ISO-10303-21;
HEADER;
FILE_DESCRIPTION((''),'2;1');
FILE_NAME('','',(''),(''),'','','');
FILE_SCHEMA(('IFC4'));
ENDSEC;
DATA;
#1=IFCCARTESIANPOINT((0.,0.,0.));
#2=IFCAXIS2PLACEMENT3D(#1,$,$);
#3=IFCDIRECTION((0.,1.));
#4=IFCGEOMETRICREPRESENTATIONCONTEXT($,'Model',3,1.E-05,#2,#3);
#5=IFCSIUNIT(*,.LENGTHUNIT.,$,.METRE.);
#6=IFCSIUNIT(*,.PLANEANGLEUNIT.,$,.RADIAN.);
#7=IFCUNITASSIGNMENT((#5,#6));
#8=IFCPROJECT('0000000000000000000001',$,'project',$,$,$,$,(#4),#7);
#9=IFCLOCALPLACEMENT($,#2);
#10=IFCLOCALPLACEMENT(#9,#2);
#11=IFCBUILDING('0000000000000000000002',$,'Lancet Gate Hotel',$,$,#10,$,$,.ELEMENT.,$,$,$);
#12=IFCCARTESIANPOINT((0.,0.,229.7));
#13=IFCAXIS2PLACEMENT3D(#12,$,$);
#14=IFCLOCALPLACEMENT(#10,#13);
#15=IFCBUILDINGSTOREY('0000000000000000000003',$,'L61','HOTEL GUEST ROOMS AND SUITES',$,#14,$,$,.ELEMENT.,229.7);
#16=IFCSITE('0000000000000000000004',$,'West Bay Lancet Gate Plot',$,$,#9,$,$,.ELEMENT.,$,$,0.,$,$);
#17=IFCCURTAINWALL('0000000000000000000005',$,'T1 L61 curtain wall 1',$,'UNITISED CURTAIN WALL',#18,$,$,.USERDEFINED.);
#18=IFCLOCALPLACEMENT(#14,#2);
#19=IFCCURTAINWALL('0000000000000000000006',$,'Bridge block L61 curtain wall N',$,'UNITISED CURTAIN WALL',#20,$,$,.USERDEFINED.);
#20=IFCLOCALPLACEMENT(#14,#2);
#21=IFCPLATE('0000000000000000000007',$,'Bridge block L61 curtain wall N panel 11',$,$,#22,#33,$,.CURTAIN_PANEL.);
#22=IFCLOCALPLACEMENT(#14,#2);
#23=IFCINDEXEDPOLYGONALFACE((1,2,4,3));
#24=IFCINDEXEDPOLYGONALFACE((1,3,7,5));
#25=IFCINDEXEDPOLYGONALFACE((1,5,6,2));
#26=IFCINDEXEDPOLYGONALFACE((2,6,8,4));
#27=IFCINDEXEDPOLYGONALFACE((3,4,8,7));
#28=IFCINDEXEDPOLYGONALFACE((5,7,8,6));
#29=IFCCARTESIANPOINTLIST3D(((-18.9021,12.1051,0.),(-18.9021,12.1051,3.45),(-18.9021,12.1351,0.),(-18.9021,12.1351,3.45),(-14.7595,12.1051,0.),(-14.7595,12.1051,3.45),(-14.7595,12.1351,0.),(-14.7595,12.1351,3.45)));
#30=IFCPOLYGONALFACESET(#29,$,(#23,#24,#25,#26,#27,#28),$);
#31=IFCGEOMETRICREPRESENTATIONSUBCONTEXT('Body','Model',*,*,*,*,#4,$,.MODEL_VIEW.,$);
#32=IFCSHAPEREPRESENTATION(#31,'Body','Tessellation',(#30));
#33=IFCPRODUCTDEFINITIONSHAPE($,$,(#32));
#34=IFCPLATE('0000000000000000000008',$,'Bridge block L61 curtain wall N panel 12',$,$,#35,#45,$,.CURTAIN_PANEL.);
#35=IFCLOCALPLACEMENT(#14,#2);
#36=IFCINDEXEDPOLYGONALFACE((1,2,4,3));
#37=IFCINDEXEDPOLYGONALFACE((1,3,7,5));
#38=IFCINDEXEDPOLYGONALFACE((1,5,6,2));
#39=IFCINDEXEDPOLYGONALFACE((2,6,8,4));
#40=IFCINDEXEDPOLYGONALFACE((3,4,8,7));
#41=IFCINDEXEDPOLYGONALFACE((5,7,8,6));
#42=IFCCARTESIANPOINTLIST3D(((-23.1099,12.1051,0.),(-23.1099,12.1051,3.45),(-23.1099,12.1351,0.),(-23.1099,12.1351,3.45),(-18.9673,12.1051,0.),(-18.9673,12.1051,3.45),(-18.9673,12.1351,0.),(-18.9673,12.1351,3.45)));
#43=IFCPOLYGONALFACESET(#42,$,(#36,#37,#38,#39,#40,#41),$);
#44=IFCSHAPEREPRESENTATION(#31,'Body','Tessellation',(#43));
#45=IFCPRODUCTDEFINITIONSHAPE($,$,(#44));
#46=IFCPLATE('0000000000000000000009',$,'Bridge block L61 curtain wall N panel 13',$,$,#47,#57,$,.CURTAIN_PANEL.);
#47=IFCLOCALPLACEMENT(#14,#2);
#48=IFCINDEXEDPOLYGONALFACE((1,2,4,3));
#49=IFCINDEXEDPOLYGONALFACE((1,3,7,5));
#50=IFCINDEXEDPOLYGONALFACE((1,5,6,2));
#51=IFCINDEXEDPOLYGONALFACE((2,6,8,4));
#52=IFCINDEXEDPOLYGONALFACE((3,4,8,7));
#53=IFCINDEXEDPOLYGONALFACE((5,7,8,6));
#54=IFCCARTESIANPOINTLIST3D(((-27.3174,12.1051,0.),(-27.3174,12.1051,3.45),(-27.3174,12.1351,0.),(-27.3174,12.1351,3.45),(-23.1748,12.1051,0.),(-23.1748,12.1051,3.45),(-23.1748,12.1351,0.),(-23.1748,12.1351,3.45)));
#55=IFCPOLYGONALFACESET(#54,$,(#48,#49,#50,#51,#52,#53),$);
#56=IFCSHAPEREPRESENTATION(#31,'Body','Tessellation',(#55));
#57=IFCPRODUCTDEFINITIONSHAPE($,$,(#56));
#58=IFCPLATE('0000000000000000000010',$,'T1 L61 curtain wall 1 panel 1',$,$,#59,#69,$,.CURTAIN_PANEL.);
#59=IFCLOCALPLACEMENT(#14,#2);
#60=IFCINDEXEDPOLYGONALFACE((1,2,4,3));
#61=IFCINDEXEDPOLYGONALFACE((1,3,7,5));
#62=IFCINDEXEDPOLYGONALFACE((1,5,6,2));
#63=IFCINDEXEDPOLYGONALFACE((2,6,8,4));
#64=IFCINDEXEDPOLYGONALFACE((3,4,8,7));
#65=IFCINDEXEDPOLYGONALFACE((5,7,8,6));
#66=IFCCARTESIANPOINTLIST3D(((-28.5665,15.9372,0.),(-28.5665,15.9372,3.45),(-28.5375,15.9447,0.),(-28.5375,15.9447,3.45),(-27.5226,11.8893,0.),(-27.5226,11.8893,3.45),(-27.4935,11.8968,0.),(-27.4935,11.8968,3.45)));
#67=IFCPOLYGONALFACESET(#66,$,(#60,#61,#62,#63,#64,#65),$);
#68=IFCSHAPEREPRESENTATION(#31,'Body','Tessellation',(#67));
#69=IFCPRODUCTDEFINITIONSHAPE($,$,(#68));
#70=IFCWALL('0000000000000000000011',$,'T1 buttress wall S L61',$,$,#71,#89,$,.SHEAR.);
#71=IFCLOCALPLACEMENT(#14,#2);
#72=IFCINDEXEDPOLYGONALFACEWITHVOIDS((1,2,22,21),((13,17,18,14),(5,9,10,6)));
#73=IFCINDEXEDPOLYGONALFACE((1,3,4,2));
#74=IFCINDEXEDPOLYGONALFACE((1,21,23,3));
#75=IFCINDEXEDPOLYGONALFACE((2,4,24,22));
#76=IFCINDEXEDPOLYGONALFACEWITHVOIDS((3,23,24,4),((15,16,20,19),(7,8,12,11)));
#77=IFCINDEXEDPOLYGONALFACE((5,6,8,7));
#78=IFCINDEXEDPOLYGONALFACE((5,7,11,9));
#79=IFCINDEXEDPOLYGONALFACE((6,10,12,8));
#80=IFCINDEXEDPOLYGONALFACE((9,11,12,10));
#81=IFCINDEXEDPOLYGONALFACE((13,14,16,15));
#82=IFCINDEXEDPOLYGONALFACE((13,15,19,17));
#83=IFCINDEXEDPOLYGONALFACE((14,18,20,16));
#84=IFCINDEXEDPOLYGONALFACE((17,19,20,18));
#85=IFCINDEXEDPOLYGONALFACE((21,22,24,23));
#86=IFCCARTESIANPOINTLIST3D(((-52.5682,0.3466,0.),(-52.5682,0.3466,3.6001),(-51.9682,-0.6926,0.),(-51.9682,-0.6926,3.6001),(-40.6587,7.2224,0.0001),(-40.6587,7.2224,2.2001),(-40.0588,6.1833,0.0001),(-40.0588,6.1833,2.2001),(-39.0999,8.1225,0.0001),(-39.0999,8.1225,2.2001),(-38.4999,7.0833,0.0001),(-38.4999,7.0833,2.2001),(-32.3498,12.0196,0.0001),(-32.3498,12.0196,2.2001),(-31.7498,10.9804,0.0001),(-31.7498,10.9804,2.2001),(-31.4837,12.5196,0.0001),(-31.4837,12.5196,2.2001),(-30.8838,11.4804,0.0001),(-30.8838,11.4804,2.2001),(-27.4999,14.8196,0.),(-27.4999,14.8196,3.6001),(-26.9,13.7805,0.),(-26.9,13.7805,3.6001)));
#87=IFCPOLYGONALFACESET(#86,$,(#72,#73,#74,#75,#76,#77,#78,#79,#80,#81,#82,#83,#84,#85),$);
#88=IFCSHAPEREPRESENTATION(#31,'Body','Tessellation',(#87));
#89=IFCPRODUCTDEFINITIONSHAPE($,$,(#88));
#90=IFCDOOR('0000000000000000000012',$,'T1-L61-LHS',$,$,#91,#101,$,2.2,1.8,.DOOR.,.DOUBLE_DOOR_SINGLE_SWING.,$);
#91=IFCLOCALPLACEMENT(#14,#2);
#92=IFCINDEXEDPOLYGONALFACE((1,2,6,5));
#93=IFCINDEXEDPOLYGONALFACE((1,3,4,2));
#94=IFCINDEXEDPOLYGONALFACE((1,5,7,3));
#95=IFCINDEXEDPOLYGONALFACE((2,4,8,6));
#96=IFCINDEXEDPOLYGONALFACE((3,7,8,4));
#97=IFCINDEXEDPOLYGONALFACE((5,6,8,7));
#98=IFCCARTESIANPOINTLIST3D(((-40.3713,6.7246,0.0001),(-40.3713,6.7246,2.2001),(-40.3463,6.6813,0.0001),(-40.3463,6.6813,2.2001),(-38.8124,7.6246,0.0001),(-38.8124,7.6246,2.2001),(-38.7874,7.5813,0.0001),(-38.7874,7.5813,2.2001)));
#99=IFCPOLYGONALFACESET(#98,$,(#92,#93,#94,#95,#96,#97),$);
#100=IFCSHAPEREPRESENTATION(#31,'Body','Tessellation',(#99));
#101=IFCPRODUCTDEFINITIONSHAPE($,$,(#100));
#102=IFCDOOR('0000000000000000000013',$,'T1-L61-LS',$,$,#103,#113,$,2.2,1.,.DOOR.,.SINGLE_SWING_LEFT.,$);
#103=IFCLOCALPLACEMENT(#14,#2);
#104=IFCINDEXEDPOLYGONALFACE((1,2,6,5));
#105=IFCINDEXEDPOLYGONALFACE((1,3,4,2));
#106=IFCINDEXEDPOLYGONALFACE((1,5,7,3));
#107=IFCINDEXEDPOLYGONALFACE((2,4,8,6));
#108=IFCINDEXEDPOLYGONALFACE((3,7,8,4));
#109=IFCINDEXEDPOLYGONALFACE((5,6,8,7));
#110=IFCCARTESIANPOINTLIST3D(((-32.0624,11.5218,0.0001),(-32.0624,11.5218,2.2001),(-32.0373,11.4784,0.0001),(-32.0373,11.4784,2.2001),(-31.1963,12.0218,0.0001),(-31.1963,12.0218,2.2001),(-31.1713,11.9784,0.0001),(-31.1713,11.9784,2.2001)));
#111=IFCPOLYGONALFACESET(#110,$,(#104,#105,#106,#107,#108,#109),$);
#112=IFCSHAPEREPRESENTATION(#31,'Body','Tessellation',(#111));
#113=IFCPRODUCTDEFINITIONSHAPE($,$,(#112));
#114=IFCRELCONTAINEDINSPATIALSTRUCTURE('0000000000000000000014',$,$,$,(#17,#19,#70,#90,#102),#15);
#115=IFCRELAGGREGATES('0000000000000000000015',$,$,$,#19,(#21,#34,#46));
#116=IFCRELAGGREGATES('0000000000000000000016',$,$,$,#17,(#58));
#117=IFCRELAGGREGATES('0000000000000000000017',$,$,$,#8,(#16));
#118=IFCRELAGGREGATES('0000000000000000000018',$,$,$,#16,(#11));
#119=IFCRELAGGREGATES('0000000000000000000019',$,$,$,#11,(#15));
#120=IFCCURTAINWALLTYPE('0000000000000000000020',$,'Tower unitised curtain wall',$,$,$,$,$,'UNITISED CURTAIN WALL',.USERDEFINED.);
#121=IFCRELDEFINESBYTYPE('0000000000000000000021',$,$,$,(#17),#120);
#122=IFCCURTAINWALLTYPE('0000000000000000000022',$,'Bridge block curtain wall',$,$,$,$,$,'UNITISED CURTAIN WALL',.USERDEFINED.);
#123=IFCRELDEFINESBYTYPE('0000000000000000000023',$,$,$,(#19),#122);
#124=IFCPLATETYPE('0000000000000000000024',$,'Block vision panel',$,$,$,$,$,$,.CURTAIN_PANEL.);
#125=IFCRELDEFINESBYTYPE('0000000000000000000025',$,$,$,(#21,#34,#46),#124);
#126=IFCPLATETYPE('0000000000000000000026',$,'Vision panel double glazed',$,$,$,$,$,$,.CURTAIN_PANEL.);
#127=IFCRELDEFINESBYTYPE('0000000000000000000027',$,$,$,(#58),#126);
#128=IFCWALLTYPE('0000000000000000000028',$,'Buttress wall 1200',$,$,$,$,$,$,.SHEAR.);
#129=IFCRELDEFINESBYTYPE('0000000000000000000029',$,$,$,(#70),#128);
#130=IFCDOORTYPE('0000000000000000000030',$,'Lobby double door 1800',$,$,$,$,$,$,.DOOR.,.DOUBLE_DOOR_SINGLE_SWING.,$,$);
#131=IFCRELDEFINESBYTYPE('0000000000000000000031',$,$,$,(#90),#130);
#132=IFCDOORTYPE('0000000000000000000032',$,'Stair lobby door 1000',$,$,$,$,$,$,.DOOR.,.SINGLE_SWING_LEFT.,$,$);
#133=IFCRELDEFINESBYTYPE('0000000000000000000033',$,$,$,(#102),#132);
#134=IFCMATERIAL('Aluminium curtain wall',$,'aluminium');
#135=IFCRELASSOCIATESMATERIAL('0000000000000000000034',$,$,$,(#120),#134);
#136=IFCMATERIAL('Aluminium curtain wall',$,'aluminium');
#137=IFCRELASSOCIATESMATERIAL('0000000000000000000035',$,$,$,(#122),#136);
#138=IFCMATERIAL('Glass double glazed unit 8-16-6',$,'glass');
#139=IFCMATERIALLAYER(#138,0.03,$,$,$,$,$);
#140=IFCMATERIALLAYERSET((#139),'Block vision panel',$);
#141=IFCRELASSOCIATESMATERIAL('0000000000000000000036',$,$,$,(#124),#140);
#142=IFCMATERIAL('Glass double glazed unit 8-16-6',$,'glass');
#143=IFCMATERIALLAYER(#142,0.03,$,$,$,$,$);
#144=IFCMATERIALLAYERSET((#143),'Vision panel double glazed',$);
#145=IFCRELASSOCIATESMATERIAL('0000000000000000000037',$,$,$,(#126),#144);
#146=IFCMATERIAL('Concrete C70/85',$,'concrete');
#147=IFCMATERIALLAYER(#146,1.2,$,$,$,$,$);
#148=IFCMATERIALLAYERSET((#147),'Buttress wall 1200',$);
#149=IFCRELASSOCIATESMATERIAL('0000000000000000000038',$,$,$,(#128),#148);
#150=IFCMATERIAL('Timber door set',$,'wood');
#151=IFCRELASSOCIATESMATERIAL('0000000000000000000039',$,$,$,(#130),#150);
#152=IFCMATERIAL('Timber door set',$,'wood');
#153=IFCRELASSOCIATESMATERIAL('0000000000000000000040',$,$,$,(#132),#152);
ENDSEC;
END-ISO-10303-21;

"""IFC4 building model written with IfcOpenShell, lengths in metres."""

from ifc_helpers import new_model, si_unit, direction, frame, frame_2d, origin, origin_2d, place, context, subcontext, project, spatial, rectangle, extrude, material, layer, layer_set, type_object, element, fill, aggregate, save


model = new_model("IFC4")

# Units and contexts
model_context = context("Model", 3, precision=1e-05, world=origin(), true_north=direction((0.0, 1.0)))
body_context = subcontext(model_context, "Body", "Model", "MODEL_VIEW")
ifc_project = project(units=[si_unit("LENGTHUNIT", "METRE"), si_unit("PLANEANGLEUNIT", "RADIAN")], contexts=[model_context])

# Site, building, storey
site_placement = place(None, origin())
site = spatial("IfcSite", under=ifc_project, at=site_placement, Name="West Bay Lancet Gate Plot", CompositionType="ELEMENT", RefElevation=0.0)
building_placement = place(site_placement, origin())
building = spatial("IfcBuilding", under=site, at=building_placement, Name="Lancet Gate Hotel", CompositionType="ELEMENT")
storey_placement = place(building_placement, frame((0.0, 0.0, 229.7)))
storey = spatial("IfcBuildingStorey", under=building, at=storey_placement, Name="L61", Description="HOTEL GUEST ROOMS AND SUITES", CompositionType="ELEMENT", Elevation=229.7)

# Curtain walls
ifc_material_1 = material(Name="Aluminium curtain wall", Category="aluminium")
curtain_wall_type_1 = type_object("IfcCurtainWallType", Name="Tower unitised curtain wall", ElementType="UNITISED CURTAIN WALL", PredefinedType="USERDEFINED", material=ifc_material_1)
curtain_wall_1_placement = place(storey_placement, origin())
curtain_wall_1 = element("IfcCurtainWall", 1, at=curtain_wall_1_placement, inside=storey, type_object=curtain_wall_type_1, Name="T1 L61 curtain wall 1", ObjectType="UNITISED CURTAIN WALL", PredefinedType="USERDEFINED")
ifc_material_2 = material(Name="Aluminium curtain wall", Category="aluminium")
curtain_wall_type_2 = type_object("IfcCurtainWallType", Name="Bridge block curtain wall", ElementType="UNITISED CURTAIN WALL", PredefinedType="USERDEFINED", material=ifc_material_2)
curtain_wall_2_placement = place(storey_placement, origin())
curtain_wall_2 = element("IfcCurtainWall", 2, at=curtain_wall_2_placement, inside=storey, type_object=curtain_wall_type_2, Name="Bridge block L61 curtain wall N", ObjectType="UNITISED CURTAIN WALL", PredefinedType="USERDEFINED")

# Plates
ifc_material_3 = material(Name="Glass double glazed unit 8-16-6", Category="glass")
ifc_layer_1 = layer(ifc_material_3, 0.03)
ifc_layer_set_1 = layer_set([ifc_layer_1], Name="Block vision panel")
plate_type_1 = type_object("IfcPlateType", Name="Block vision panel", PredefinedType="CURTAIN_PANEL", material=ifc_layer_set_1)
plate_1_placement = place(storey_placement, frame((-16.8308, 12.1201, 0.0), z_axis=(0.0, 0.0, 1.0), x_axis=(-1.0, 0.0, 0.0)))
plate_1 = element("IfcPlate", 3, at=plate_1_placement, type_object=plate_type_1, Name="Bridge block L61 curtain wall N panel 11", PredefinedType="CURTAIN_PANEL", context=body_context, shape_type="SweptSolid", body=[
    extrude(rectangle(XDim=4.1426, YDim=0.03, at=origin_2d()), origin(), (0.0, 0.0, 1.0), 3.45),
])
plate_2_placement = place(storey_placement, frame((-21.0386, 12.1201, 0.0), z_axis=(0.0, 0.0, 1.0), x_axis=(-1.0, 0.0, 0.0)))
plate_2 = element("IfcPlate", 4, at=plate_2_placement, type_object=plate_type_1, Name="Bridge block L61 curtain wall N panel 12", PredefinedType="CURTAIN_PANEL", context=body_context, shape_type="SweptSolid", body=[
    extrude(rectangle(XDim=4.1426, YDim=0.03, at=origin_2d()), origin(), (0.0, 0.0, 1.0), 3.45),
])
plate_3_placement = place(storey_placement, frame((-25.2461, 12.1201, 0.0), z_axis=(0.0, 0.0, 1.0), x_axis=(-1.0, 0.0, 0.0)))
plate_3 = element("IfcPlate", 5, at=plate_3_placement, type_object=plate_type_1, Name="Bridge block L61 curtain wall N panel 13", PredefinedType="CURTAIN_PANEL", context=body_context, shape_type="SweptSolid", body=[
    extrude(rectangle(XDim=4.1426, YDim=0.03, at=origin_2d()), origin(), (0.0, 0.0, 1.0), 3.45),
])
aggregate(curtain_wall_2, [plate_1, plate_2, plate_3])
ifc_material_4 = material(Name="Glass double glazed unit 8-16-6", Category="glass")
ifc_layer_2 = layer(ifc_material_4, 0.03)
ifc_layer_set_2 = layer_set([ifc_layer_2], Name="Vision panel double glazed")
plate_type_2 = type_object("IfcPlateType", Name="Vision panel double glazed", PredefinedType="CURTAIN_PANEL", material=ifc_layer_set_2)
plate_4_placement = place(storey_placement, frame((-28.03, 13.917, 0.0), z_axis=(0.0, 0.0, 1.0), x_axis=(-0.249726, 0.968317, 0.0)))
plate_4 = element("IfcPlate", 6, at=plate_4_placement, type_object=plate_type_2, Name="T1 L61 curtain wall 1 panel 1", PredefinedType="CURTAIN_PANEL", context=body_context, shape_type="SweptSolid", body=[
    extrude(rectangle(XDim=4.1804, YDim=0.03, at=origin_2d()), origin(), (0.0, 0.0, 1.0), 3.45),
])
aggregate(curtain_wall_1, [plate_4])

# Wall, openings, doors
ifc_material_5 = material(Name="Concrete C70/85", Category="concrete")
ifc_layer_3 = layer(ifc_material_5, 1.2)
ifc_layer_set_3 = layer_set([ifc_layer_3], Name="Buttress wall 1200")
wall_type_1 = type_object("IfcWallType", Name="Buttress wall 1200", PredefinedType="SHEAR", material=ifc_layer_set_3)
wall_1_placement = place(storey_placement, frame((-27.2, 14.3, 0.0), z_axis=(0.0, 0.0, 1.0), x_axis=(-0.866027, -0.499998, 0.0)))
wall_1 = element("IfcWall", 7, at=wall_1_placement, inside=storey, type_object=wall_type_1, Name="T1 buttress wall S L61", PredefinedType="SHEAR", context=body_context, shape_type="SweptSolid", body=[
    extrude(rectangle(XDim=28.9463, YDim=1.2, at=frame_2d((14.4731, 0.0))), origin(), (0.0, 0.0, 1.0), 3.6001),
])
opening_1_placement = place(wall_1_placement, frame((4.6001, 0.0, 0.0)))
opening_1 = element("IfcOpeningElement", 8, at=opening_1_placement, cuts=wall_1, PredefinedType="OPENING", context=body_context, shape_type="SweptSolid", body=[
    extrude(rectangle(XDim=1.0, YDim=2.2, at=frame_2d((0.5, 1.1001))), frame((0.0, 0.6099, 0.0), z_axis=(0.0, -1.0, 0.0), x_axis=(1.0, 0.0, 0.0)), (0.0, 0.0, 1.0), 1.22),
])
opening_2_placement = place(wall_1_placement, frame((13.3945, 0.0, 0.0)))
opening_2 = element("IfcOpeningElement", 9, at=opening_2_placement, cuts=wall_1, PredefinedType="OPENING", context=body_context, shape_type="SweptSolid", body=[
    extrude(rectangle(XDim=1.8, YDim=2.2, at=frame_2d((0.8999, 1.1001))), frame((0.0, 0.6099, 0.0), z_axis=(0.0, -1.0, 0.0), x_axis=(1.0, 0.0, 0.0)), (0.0, 0.0, 1.0), 1.22),
])
ifc_material_6 = material(Name="Timber door set", Category="wood")
door_type_1 = type_object("IfcDoorType", Name="Lobby double door 1800", OperationType="DOUBLE_DOOR_SINGLE_SWING", PredefinedType="DOOR", material=ifc_material_6)
door_1_placement = place(opening_2_placement, origin())
door_1 = element("IfcDoor", 10, at=door_1_placement, inside=storey, type_object=door_type_1, Name="T1-L61-LHS", OperationType="DOUBLE_DOOR_SINGLE_SWING", OverallHeight=2.2, OverallWidth=1.8, PredefinedType="DOOR", context=body_context, shape_type="SweptSolid", body=[
    extrude(rectangle(XDim=1.8, YDim=2.2, at=frame_2d((0.8999, 1.1001))), frame((0.0, 0.0249, 0.0), z_axis=(0.0, -1.0, 0.0), x_axis=(1.0, 0.0, 0.0)), (0.0, 0.0, 1.0), 0.05),
])
fill(opening_2, door_1)
ifc_material_7 = material(Name="Timber door set", Category="wood")
door_type_2 = type_object("IfcDoorType", Name="Stair lobby door 1000", OperationType="SINGLE_SWING_LEFT", PredefinedType="DOOR", material=ifc_material_7)
door_2_placement = place(opening_1_placement, origin())
door_2 = element("IfcDoor", 11, at=door_2_placement, inside=storey, type_object=door_type_2, Name="T1-L61-LS", OperationType="SINGLE_SWING_LEFT", OverallHeight=2.2, OverallWidth=1.0, PredefinedType="DOOR", context=body_context, shape_type="SweptSolid", body=[
    extrude(rectangle(XDim=1.0, YDim=2.2, at=frame_2d((0.5, 1.1001))), frame((0.0, 0.0249, 0.0), z_axis=(0.0, -1.0, 0.0), x_axis=(1.0, 0.0, 0.0)), (0.0, 0.0, 1.0), 0.05),
])
fill(opening_1, door_2)

save(model, "model.ifc")
